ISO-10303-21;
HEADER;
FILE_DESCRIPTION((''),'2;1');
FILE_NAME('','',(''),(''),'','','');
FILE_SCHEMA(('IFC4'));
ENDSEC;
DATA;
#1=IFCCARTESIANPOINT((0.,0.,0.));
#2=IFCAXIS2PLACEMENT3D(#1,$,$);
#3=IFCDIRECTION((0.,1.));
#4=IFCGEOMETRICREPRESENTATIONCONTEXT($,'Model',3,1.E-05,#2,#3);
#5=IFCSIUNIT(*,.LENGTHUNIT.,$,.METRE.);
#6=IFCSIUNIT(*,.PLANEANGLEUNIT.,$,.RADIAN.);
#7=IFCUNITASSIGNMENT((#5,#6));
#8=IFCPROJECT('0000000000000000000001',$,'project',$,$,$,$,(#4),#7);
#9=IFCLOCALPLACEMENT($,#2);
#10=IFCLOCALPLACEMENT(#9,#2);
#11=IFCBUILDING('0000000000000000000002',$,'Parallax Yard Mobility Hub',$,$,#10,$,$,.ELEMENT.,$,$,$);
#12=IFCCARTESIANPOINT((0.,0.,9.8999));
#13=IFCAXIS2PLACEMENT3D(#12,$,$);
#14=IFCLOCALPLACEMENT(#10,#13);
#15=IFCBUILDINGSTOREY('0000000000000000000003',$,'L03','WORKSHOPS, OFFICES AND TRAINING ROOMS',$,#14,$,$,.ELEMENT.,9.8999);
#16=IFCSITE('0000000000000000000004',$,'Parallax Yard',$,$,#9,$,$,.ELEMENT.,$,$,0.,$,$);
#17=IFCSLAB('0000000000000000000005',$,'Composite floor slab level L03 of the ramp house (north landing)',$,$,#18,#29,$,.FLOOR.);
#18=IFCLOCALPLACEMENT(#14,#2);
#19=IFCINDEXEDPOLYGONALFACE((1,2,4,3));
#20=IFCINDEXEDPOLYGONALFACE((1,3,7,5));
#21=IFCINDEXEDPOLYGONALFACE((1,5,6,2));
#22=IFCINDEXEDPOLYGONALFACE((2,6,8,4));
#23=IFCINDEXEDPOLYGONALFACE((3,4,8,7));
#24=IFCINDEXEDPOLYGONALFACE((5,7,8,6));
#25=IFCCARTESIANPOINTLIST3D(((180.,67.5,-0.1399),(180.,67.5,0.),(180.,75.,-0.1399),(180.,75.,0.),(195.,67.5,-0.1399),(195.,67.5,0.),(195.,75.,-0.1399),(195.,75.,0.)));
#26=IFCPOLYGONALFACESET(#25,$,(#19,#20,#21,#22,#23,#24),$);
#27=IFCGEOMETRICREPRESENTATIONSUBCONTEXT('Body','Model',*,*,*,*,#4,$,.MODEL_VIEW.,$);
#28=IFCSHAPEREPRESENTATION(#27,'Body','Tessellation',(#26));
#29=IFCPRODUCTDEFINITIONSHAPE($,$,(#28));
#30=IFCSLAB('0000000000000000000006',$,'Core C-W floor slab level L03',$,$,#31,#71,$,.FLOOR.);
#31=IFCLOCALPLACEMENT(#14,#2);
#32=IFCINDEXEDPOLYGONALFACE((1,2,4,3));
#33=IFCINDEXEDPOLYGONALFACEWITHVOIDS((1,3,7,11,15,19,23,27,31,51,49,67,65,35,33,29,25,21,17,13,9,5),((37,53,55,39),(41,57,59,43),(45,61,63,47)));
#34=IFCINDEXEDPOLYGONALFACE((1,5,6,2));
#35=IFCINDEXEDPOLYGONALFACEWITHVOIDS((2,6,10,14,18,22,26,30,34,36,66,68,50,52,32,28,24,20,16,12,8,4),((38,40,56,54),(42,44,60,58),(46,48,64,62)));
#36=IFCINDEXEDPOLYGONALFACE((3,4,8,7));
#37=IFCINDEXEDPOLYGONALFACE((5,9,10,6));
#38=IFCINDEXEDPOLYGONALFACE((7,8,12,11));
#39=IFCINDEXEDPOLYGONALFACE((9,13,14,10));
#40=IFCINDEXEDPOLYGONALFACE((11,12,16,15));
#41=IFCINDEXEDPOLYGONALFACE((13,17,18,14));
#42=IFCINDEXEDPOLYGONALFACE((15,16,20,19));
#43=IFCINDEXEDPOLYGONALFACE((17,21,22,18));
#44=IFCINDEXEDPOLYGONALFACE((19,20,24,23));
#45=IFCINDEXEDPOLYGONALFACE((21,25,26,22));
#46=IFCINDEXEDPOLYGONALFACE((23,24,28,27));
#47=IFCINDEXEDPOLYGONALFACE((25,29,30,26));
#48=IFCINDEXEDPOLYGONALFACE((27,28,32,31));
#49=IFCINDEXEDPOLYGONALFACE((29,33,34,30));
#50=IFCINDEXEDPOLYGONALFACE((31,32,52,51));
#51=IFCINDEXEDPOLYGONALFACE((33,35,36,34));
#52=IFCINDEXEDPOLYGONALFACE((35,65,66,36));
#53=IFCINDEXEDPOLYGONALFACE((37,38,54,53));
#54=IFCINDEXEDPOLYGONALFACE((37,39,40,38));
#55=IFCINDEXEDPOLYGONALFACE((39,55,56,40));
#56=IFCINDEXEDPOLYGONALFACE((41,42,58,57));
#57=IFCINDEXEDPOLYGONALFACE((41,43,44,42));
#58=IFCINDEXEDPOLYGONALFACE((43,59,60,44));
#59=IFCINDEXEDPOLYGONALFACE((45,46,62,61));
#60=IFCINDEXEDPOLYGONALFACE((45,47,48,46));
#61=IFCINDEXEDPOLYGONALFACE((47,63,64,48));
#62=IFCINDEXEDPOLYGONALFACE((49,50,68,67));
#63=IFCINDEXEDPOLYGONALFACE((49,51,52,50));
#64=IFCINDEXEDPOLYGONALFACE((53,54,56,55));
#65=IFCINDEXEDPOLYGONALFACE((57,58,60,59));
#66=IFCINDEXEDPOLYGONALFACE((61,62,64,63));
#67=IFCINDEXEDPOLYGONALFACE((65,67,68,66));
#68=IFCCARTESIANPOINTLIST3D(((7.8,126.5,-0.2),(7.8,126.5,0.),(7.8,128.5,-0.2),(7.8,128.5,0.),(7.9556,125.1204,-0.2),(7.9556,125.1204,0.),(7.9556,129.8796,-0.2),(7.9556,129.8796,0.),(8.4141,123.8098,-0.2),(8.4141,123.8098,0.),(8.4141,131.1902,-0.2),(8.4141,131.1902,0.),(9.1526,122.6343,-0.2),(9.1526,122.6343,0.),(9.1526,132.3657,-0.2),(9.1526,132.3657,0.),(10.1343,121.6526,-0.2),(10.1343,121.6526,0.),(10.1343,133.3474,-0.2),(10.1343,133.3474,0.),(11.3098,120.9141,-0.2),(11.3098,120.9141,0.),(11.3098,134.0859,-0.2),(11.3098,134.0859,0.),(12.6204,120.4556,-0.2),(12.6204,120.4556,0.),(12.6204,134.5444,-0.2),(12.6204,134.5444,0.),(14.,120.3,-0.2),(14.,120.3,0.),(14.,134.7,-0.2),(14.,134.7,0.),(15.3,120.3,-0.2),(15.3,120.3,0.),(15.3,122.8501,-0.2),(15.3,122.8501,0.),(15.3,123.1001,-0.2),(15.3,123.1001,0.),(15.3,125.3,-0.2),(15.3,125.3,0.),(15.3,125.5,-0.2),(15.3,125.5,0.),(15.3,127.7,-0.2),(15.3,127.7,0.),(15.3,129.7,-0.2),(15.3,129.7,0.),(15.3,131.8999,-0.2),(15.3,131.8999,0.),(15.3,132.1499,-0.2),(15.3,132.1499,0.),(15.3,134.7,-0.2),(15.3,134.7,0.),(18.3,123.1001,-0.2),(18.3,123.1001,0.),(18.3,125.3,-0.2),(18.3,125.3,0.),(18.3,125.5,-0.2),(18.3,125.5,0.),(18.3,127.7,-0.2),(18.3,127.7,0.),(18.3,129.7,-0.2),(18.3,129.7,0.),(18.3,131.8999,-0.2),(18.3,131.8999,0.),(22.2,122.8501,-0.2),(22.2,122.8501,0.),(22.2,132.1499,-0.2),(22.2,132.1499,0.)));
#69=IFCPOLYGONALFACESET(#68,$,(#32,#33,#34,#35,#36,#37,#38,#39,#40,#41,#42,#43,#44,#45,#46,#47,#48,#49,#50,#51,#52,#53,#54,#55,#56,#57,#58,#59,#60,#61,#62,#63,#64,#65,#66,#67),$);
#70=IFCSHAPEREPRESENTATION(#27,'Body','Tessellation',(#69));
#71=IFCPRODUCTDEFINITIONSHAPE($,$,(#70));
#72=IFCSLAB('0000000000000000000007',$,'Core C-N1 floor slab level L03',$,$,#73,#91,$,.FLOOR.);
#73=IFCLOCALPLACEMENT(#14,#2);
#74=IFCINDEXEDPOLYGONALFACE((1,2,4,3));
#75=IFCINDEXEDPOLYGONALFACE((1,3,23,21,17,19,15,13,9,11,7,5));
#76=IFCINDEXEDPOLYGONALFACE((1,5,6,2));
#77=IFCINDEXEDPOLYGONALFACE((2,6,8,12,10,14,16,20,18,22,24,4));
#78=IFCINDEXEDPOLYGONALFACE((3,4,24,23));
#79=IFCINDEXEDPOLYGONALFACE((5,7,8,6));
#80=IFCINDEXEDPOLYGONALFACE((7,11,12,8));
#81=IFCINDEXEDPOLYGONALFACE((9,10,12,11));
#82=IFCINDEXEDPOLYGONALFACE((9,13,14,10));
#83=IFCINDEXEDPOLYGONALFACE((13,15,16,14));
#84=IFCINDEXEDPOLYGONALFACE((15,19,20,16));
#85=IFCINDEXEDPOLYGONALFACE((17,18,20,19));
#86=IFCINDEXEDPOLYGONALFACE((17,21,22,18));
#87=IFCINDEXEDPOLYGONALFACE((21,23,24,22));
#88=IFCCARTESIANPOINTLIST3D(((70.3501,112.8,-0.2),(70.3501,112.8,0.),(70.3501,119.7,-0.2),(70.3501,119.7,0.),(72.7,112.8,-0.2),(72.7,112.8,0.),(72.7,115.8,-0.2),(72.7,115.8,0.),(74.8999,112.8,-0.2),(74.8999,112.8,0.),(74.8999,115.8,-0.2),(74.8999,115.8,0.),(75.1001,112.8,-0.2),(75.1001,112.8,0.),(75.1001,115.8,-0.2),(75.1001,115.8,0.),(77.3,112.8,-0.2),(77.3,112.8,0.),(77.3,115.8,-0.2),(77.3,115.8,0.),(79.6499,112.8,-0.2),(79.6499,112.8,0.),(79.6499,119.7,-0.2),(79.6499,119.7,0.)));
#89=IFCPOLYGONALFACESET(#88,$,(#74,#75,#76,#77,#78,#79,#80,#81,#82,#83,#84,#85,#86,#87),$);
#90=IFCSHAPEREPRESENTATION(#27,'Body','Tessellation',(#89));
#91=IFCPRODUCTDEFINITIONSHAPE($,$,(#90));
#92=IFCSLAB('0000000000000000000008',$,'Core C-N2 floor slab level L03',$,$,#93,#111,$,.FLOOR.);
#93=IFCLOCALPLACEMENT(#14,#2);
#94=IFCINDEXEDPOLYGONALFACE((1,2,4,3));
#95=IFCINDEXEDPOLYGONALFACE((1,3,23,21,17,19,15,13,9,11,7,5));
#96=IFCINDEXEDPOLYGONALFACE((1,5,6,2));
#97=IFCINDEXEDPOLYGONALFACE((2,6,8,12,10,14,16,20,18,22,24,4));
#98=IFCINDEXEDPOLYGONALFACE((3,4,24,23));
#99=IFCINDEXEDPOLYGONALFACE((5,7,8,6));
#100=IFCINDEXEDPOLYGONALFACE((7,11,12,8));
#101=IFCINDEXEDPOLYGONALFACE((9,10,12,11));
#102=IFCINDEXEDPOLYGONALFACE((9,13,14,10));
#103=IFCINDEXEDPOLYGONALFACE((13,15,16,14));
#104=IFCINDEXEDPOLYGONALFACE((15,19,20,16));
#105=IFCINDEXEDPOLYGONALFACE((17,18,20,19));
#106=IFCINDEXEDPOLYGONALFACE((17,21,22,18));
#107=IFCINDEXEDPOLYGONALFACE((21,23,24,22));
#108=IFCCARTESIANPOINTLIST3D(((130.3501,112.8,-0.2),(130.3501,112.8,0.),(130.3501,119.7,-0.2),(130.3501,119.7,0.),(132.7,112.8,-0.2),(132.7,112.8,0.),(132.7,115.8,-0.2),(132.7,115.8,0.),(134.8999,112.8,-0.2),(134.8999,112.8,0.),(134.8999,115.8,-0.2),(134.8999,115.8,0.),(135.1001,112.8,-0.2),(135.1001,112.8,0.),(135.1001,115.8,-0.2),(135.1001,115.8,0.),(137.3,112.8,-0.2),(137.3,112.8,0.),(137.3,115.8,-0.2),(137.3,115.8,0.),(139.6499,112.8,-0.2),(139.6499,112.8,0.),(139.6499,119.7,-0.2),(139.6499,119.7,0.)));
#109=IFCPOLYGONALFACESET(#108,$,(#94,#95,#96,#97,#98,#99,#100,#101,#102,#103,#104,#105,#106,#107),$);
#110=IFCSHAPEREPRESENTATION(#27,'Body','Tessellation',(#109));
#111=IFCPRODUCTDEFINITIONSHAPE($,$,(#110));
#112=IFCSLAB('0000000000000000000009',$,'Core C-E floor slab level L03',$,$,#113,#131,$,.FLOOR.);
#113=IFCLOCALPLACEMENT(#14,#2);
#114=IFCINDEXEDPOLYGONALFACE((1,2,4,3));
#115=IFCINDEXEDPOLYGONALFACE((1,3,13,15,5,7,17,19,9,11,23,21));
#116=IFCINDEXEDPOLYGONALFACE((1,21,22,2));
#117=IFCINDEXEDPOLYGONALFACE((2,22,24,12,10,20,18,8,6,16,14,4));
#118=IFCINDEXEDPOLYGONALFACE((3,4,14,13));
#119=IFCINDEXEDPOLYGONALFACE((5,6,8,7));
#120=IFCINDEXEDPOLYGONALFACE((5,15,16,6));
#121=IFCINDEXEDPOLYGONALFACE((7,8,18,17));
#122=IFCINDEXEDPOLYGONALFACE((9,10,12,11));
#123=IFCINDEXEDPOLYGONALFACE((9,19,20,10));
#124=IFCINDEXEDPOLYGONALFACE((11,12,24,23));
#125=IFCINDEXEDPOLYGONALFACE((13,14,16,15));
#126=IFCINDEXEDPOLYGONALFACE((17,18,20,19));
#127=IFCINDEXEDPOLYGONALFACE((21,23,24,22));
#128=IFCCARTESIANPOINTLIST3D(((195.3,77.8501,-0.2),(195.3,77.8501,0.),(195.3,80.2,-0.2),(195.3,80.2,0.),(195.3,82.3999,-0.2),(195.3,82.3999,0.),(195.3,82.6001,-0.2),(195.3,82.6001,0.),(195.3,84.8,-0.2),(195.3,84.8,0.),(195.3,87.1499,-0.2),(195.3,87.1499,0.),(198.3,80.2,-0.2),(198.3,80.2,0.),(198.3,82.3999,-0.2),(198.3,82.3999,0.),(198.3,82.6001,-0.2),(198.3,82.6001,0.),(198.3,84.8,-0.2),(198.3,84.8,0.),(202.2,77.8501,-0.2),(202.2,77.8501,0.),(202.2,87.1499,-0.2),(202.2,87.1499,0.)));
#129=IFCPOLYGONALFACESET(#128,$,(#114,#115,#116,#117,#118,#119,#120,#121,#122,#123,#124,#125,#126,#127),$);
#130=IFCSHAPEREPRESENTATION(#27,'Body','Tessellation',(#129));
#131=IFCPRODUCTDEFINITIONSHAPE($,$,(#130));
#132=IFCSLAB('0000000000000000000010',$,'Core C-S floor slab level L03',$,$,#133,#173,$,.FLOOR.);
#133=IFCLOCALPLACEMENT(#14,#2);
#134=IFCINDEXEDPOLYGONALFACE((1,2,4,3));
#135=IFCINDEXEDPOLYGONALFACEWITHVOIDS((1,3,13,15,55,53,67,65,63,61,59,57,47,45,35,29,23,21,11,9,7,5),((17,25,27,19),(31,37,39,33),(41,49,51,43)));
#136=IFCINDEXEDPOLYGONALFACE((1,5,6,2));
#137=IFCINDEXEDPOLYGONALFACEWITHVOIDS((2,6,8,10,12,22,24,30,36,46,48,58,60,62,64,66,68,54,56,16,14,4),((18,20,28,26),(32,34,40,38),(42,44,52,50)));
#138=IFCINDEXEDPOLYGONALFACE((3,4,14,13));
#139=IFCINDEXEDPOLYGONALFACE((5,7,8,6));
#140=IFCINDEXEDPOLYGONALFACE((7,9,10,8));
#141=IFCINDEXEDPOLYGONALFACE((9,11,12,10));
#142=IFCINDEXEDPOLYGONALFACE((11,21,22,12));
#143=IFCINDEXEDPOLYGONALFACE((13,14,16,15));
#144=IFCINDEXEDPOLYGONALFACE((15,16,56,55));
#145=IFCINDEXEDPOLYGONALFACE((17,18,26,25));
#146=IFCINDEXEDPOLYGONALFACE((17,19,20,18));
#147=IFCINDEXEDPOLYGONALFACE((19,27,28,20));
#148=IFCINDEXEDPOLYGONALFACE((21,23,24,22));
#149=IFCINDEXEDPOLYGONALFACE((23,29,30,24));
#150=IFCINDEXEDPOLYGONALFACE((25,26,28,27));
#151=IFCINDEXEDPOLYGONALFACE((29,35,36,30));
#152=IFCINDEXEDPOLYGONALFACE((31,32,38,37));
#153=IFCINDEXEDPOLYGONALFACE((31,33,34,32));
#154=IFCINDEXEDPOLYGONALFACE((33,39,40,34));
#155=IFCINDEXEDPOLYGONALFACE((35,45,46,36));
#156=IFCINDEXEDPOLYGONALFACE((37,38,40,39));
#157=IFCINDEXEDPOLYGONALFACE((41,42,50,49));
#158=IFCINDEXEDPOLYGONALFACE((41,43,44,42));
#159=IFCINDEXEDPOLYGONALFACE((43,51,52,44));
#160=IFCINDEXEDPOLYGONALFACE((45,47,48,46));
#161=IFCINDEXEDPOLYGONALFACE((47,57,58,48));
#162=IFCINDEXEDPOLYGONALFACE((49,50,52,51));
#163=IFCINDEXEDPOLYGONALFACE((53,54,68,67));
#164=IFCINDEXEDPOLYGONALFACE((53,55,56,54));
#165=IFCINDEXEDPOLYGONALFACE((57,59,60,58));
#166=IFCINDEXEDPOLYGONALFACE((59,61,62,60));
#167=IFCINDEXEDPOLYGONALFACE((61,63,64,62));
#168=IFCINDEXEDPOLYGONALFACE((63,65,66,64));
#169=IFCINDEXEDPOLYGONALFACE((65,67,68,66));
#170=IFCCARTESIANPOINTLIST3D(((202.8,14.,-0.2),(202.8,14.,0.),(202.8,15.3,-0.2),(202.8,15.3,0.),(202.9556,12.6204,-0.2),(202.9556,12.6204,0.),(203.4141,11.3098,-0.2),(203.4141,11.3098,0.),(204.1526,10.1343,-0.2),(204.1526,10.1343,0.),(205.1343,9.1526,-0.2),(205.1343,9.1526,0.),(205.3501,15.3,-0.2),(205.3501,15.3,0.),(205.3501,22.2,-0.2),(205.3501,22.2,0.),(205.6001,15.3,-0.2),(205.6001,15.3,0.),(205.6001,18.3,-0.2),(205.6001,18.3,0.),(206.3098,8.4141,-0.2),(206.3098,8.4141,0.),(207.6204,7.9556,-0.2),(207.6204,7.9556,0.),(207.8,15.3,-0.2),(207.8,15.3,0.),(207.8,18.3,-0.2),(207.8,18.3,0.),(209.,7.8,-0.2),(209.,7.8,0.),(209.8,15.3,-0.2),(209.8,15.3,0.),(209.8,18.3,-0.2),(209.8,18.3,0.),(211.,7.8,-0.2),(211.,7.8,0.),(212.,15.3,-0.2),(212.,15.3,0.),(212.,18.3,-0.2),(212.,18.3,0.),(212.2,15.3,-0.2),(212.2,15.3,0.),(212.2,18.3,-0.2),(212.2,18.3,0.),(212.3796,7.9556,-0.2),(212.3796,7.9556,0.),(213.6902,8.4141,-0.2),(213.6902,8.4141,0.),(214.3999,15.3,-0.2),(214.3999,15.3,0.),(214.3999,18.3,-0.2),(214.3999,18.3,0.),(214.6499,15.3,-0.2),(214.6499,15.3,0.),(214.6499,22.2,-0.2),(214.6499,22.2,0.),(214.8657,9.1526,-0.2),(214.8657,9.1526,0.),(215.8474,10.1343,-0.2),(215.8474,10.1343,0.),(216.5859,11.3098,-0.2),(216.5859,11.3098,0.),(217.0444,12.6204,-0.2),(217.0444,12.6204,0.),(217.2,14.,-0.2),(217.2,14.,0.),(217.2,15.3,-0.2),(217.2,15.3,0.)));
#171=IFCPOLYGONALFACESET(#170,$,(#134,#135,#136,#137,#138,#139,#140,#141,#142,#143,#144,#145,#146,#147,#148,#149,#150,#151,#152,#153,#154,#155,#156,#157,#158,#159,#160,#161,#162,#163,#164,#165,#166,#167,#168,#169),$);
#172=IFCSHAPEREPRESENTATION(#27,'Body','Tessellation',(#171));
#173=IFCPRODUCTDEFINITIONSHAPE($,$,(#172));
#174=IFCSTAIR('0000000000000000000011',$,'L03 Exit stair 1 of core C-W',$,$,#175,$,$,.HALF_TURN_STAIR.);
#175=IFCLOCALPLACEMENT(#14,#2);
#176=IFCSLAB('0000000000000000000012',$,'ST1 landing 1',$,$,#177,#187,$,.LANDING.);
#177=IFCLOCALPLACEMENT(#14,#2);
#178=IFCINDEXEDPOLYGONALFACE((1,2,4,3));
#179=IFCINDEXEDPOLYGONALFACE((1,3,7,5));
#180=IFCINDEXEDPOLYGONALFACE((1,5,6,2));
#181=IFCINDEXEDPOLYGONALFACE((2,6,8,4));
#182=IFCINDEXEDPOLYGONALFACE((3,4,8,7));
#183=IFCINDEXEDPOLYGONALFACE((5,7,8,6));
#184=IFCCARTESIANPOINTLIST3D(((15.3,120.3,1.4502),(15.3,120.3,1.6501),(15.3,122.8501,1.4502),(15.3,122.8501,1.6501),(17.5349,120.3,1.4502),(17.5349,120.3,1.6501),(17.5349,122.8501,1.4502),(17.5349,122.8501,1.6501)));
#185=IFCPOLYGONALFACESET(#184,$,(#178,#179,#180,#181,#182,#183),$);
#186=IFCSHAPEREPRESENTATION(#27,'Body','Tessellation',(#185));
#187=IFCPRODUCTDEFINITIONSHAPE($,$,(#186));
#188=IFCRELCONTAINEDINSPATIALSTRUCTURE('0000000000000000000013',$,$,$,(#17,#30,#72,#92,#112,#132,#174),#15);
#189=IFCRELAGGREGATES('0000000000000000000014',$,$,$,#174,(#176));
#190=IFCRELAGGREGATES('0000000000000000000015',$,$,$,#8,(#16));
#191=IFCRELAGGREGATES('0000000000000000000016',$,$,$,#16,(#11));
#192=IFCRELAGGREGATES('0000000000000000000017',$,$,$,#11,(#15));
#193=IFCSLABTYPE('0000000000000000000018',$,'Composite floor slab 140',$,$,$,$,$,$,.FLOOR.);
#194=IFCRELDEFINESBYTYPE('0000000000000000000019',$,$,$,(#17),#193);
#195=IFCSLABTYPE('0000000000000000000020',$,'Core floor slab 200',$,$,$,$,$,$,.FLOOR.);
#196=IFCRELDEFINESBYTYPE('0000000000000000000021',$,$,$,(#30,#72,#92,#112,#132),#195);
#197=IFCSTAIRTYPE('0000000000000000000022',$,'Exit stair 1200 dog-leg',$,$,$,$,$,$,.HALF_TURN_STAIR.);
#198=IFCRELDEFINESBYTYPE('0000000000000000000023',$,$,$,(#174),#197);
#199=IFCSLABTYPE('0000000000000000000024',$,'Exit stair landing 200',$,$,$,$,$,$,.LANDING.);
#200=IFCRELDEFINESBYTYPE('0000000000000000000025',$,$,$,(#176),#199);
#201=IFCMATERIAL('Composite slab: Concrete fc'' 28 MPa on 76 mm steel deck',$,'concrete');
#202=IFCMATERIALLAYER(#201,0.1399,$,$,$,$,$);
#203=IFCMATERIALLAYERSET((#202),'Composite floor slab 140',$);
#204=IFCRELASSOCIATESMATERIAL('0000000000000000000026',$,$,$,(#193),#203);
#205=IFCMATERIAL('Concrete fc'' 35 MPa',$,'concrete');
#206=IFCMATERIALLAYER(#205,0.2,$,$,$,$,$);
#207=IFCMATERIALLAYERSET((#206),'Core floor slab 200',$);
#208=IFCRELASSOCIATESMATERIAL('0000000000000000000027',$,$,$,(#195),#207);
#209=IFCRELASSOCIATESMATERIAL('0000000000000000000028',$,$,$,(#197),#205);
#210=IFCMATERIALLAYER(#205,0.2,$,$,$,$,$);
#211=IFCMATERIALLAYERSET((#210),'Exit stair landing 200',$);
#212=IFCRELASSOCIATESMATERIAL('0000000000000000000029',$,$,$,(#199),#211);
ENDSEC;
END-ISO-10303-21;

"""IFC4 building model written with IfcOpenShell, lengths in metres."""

from ifc_helpers import new_model, si_unit, direction, frame, origin, place, context, subcontext, project, spatial, polyline, outline, extrude, material, layer, layer_set, type_object, element, aggregate, save


model = new_model("IFC4")

# Units and contexts
model_context = context("Model", 3, precision=1e-05, world=origin(), true_north=direction((0.0, 1.0)))
body_context = subcontext(model_context, "Body", "Model", "MODEL_VIEW")
ifc_project = project(units=[si_unit("LENGTHUNIT", "METRE"), si_unit("PLANEANGLEUNIT", "RADIAN")], contexts=[model_context])

# Site, building, storey
site_placement = place(None, origin())
site = spatial("IfcSite", under=ifc_project, at=site_placement, Name="Parallax Yard", CompositionType="ELEMENT", RefElevation=0.0)
building_placement = place(site_placement, origin())
building = spatial("IfcBuilding", under=site, at=building_placement, Name="Parallax Yard Mobility Hub", CompositionType="ELEMENT")
storey_placement = place(building_placement, frame((0.0, 0.0, 9.8999)))
storey = spatial("IfcBuildingStorey", under=building, at=storey_placement, Name="L03", Description="WORKSHOPS, OFFICES AND TRAINING ROOMS", CompositionType="ELEMENT", Elevation=9.8999)

# Slabs
ifc_material_1 = material(Name="Composite slab: Concrete fc' 28 MPa on 76 mm steel deck", Category="concrete")
ifc_layer_1 = layer(ifc_material_1, 0.1399)
ifc_layer_set_1 = layer_set([ifc_layer_1], Name="Composite floor slab 140")
slab_type_1 = type_object("IfcSlabType", Name="Composite floor slab 140", PredefinedType="FLOOR", material=ifc_layer_set_1)
slab_1_placement = place(storey_placement, frame((0.0, 0.0, -0.1399)))
element("IfcSlab", 1, at=slab_1_placement, inside=storey, type_object=slab_type_1, Name="Composite floor slab level L03 of the ramp house (north landing)", PredefinedType="FLOOR", context=body_context, shape_type="SweptSolid", body=[
    extrude(outline(polyline([(195.0, 67.5), (195.0, 75.0), (180.0, 75.0), (180.0, 67.5), (195.0, 67.5)])), origin(), (0.0, 0.0, 1.0), 0.1399),
])
ifc_material_2 = material(Name="Concrete fc' 35 MPa", Category="concrete")
ifc_layer_2 = layer(ifc_material_2, 0.2)
ifc_layer_set_2 = layer_set([ifc_layer_2], Name="Core floor slab 200")
slab_type_2 = type_object("IfcSlabType", Name="Core floor slab 200", PredefinedType="FLOOR", material=ifc_layer_set_2)
slab_2_placement = place(storey_placement, frame((0.0, 0.0, -0.2)))
element("IfcSlab", 2, at=slab_2_placement, inside=storey, type_object=slab_type_2, Name="Core C-W floor slab level L03", PredefinedType="FLOOR", context=body_context, shape_type="SweptSolid", body=[
    extrude(outline(polyline([(11.3098, 120.9141), (10.1343, 121.6526), (9.1526, 122.6343), (8.4141, 123.8098), (7.9556, 125.1204), (7.8, 126.5), (7.8, 128.5), (7.9556, 129.8796), (8.4141, 131.1902), (9.1526, 132.3657), (10.1343, 133.3474), (11.3098, 134.0859), (12.6204, 134.5444), (14.0, 134.7), (15.3, 134.7), (15.3, 132.1499), (22.2, 132.1499), (22.2, 122.8501), (15.3, 122.8501), (15.3, 120.3), (14.0, 120.3), (12.6204, 120.4556), (11.3098, 120.9141)]), holes=[polyline([(18.3, 123.1001), (18.3, 125.3), (15.3, 125.3), (15.3, 123.1001), (18.3, 123.1001)]), polyline([(15.3, 125.5), (18.3, 125.5), (18.3, 127.7), (15.3, 127.7), (15.3, 125.5)]), polyline([(15.3, 131.8999), (15.3, 129.7), (18.3, 129.7), (18.3, 131.8999), (15.3, 131.8999)])]), origin(), (0.0, 0.0, 1.0), 0.2),
])
slab_3_placement = place(storey_placement, frame((0.0, 0.0, -0.2)))
element("IfcSlab", 3, at=slab_3_placement, inside=storey, type_object=slab_type_2, Name="Core C-N1 floor slab level L03", PredefinedType="FLOOR", context=body_context, shape_type="SweptSolid", body=[
    extrude(outline(polyline([(79.6499, 119.7), (79.6499, 112.8), (77.3, 112.8), (77.3, 115.8), (75.1001, 115.8), (75.1001, 112.8), (74.8999, 112.8), (74.8999, 115.8), (72.7, 115.8), (72.7, 112.8), (70.3501, 112.8), (70.3501, 119.7), (79.6499, 119.7)])), origin(), (0.0, 0.0, 1.0), 0.2),
])
slab_4_placement = place(storey_placement, frame((0.0, 0.0, -0.2)))
element("IfcSlab", 4, at=slab_4_placement, inside=storey, type_object=slab_type_2, Name="Core C-N2 floor slab level L03", PredefinedType="FLOOR", context=body_context, shape_type="SweptSolid", body=[
    extrude(outline(polyline([(139.6499, 119.7), (139.6499, 112.8), (137.3, 112.8), (137.3, 115.8), (135.1001, 115.8), (135.1001, 112.8), (134.8999, 112.8), (134.8999, 115.8), (132.7, 115.8), (132.7, 112.8), (130.3501, 112.8), (130.3501, 119.7), (139.6499, 119.7)])), origin(), (0.0, 0.0, 1.0), 0.2),
])
slab_5_placement = place(storey_placement, frame((0.0, 0.0, -0.2)))
element("IfcSlab", 5, at=slab_5_placement, inside=storey, type_object=slab_type_2, Name="Core C-E floor slab level L03", PredefinedType="FLOOR", context=body_context, shape_type="SweptSolid", body=[
    extrude(outline(polyline([(202.2, 77.8501), (195.3, 77.8501), (195.3, 80.2), (198.3, 80.2), (198.3, 82.3999), (195.3, 82.3999), (195.3, 82.6001), (198.3, 82.6001), (198.3, 84.8), (195.3, 84.8), (195.3, 87.1499), (202.2, 87.1499), (202.2, 77.8501)])), origin(), (0.0, 0.0, 1.0), 0.2),
])
slab_6_placement = place(storey_placement, frame((0.0, 0.0, -0.2)))
element("IfcSlab", 6, at=slab_6_placement, inside=storey, type_object=slab_type_2, Name="Core C-S floor slab level L03", PredefinedType="FLOOR", context=body_context, shape_type="SweptSolid", body=[
    extrude(outline(polyline([(216.5859, 11.3098), (215.8474, 10.1343), (214.8657, 9.1526), (213.6902, 8.4141), (212.3796, 7.9556), (211.0, 7.8), (209.0, 7.8), (207.6204, 7.9556), (206.3098, 8.4141), (205.1343, 9.1526), (204.1526, 10.1343), (203.4141, 11.3098), (202.9556, 12.6204), (202.8, 14.0), (202.8, 15.3), (205.3501, 15.3), (205.3501, 22.2), (214.6499, 22.2), (214.6499, 15.3), (217.2, 15.3), (217.2, 14.0), (217.0444, 12.6204), (216.5859, 11.3098)]), holes=[polyline([(214.3999, 18.3), (212.2, 18.3), (212.2, 15.3), (214.3999, 15.3), (214.3999, 18.3)]), polyline([(212.0, 15.3), (212.0, 18.3), (209.8, 18.3), (209.8, 15.3), (212.0, 15.3)]), polyline([(205.6001, 15.3), (207.8, 15.3), (207.8, 18.3), (205.6001, 18.3), (205.6001, 15.3)])]), origin(), (0.0, 0.0, 1.0), 0.2),
])

# Stair, slab
stair_type = type_object("IfcStairType", Name="Exit stair 1200 dog-leg", PredefinedType="HALF_TURN_STAIR", material=ifc_material_2)
stair_1_placement = place(storey_placement, origin())
stair_1 = element("IfcStair", 7, at=stair_1_placement, inside=storey, type_object=stair_type, Name="L03 Exit stair 1 of core C-W", PredefinedType="HALF_TURN_STAIR")
ifc_layer_3 = layer(ifc_material_2, 0.2)
ifc_layer_set_3 = layer_set([ifc_layer_3], Name="Exit stair landing 200")
slab_type_3 = type_object("IfcSlabType", Name="Exit stair landing 200", PredefinedType="LANDING", material=ifc_layer_set_3)
slab_7_placement = place(storey_placement, frame((0.0, 0.0, 1.4502)))
slab_7 = element("IfcSlab", 8, at=slab_7_placement, type_object=slab_type_3, Name="ST1 landing 1", PredefinedType="LANDING", context=body_context, shape_type="SweptSolid", body=[
    extrude(outline(polyline([(17.5349, 122.8501), (15.3, 122.8501), (15.3, 120.3), (17.5349, 120.3), (17.5349, 122.8501)])), origin(), (0.0, 0.0, 1.0), 0.2),
])
aggregate(stair_1, [slab_7])

save(model, "model.ifc")
